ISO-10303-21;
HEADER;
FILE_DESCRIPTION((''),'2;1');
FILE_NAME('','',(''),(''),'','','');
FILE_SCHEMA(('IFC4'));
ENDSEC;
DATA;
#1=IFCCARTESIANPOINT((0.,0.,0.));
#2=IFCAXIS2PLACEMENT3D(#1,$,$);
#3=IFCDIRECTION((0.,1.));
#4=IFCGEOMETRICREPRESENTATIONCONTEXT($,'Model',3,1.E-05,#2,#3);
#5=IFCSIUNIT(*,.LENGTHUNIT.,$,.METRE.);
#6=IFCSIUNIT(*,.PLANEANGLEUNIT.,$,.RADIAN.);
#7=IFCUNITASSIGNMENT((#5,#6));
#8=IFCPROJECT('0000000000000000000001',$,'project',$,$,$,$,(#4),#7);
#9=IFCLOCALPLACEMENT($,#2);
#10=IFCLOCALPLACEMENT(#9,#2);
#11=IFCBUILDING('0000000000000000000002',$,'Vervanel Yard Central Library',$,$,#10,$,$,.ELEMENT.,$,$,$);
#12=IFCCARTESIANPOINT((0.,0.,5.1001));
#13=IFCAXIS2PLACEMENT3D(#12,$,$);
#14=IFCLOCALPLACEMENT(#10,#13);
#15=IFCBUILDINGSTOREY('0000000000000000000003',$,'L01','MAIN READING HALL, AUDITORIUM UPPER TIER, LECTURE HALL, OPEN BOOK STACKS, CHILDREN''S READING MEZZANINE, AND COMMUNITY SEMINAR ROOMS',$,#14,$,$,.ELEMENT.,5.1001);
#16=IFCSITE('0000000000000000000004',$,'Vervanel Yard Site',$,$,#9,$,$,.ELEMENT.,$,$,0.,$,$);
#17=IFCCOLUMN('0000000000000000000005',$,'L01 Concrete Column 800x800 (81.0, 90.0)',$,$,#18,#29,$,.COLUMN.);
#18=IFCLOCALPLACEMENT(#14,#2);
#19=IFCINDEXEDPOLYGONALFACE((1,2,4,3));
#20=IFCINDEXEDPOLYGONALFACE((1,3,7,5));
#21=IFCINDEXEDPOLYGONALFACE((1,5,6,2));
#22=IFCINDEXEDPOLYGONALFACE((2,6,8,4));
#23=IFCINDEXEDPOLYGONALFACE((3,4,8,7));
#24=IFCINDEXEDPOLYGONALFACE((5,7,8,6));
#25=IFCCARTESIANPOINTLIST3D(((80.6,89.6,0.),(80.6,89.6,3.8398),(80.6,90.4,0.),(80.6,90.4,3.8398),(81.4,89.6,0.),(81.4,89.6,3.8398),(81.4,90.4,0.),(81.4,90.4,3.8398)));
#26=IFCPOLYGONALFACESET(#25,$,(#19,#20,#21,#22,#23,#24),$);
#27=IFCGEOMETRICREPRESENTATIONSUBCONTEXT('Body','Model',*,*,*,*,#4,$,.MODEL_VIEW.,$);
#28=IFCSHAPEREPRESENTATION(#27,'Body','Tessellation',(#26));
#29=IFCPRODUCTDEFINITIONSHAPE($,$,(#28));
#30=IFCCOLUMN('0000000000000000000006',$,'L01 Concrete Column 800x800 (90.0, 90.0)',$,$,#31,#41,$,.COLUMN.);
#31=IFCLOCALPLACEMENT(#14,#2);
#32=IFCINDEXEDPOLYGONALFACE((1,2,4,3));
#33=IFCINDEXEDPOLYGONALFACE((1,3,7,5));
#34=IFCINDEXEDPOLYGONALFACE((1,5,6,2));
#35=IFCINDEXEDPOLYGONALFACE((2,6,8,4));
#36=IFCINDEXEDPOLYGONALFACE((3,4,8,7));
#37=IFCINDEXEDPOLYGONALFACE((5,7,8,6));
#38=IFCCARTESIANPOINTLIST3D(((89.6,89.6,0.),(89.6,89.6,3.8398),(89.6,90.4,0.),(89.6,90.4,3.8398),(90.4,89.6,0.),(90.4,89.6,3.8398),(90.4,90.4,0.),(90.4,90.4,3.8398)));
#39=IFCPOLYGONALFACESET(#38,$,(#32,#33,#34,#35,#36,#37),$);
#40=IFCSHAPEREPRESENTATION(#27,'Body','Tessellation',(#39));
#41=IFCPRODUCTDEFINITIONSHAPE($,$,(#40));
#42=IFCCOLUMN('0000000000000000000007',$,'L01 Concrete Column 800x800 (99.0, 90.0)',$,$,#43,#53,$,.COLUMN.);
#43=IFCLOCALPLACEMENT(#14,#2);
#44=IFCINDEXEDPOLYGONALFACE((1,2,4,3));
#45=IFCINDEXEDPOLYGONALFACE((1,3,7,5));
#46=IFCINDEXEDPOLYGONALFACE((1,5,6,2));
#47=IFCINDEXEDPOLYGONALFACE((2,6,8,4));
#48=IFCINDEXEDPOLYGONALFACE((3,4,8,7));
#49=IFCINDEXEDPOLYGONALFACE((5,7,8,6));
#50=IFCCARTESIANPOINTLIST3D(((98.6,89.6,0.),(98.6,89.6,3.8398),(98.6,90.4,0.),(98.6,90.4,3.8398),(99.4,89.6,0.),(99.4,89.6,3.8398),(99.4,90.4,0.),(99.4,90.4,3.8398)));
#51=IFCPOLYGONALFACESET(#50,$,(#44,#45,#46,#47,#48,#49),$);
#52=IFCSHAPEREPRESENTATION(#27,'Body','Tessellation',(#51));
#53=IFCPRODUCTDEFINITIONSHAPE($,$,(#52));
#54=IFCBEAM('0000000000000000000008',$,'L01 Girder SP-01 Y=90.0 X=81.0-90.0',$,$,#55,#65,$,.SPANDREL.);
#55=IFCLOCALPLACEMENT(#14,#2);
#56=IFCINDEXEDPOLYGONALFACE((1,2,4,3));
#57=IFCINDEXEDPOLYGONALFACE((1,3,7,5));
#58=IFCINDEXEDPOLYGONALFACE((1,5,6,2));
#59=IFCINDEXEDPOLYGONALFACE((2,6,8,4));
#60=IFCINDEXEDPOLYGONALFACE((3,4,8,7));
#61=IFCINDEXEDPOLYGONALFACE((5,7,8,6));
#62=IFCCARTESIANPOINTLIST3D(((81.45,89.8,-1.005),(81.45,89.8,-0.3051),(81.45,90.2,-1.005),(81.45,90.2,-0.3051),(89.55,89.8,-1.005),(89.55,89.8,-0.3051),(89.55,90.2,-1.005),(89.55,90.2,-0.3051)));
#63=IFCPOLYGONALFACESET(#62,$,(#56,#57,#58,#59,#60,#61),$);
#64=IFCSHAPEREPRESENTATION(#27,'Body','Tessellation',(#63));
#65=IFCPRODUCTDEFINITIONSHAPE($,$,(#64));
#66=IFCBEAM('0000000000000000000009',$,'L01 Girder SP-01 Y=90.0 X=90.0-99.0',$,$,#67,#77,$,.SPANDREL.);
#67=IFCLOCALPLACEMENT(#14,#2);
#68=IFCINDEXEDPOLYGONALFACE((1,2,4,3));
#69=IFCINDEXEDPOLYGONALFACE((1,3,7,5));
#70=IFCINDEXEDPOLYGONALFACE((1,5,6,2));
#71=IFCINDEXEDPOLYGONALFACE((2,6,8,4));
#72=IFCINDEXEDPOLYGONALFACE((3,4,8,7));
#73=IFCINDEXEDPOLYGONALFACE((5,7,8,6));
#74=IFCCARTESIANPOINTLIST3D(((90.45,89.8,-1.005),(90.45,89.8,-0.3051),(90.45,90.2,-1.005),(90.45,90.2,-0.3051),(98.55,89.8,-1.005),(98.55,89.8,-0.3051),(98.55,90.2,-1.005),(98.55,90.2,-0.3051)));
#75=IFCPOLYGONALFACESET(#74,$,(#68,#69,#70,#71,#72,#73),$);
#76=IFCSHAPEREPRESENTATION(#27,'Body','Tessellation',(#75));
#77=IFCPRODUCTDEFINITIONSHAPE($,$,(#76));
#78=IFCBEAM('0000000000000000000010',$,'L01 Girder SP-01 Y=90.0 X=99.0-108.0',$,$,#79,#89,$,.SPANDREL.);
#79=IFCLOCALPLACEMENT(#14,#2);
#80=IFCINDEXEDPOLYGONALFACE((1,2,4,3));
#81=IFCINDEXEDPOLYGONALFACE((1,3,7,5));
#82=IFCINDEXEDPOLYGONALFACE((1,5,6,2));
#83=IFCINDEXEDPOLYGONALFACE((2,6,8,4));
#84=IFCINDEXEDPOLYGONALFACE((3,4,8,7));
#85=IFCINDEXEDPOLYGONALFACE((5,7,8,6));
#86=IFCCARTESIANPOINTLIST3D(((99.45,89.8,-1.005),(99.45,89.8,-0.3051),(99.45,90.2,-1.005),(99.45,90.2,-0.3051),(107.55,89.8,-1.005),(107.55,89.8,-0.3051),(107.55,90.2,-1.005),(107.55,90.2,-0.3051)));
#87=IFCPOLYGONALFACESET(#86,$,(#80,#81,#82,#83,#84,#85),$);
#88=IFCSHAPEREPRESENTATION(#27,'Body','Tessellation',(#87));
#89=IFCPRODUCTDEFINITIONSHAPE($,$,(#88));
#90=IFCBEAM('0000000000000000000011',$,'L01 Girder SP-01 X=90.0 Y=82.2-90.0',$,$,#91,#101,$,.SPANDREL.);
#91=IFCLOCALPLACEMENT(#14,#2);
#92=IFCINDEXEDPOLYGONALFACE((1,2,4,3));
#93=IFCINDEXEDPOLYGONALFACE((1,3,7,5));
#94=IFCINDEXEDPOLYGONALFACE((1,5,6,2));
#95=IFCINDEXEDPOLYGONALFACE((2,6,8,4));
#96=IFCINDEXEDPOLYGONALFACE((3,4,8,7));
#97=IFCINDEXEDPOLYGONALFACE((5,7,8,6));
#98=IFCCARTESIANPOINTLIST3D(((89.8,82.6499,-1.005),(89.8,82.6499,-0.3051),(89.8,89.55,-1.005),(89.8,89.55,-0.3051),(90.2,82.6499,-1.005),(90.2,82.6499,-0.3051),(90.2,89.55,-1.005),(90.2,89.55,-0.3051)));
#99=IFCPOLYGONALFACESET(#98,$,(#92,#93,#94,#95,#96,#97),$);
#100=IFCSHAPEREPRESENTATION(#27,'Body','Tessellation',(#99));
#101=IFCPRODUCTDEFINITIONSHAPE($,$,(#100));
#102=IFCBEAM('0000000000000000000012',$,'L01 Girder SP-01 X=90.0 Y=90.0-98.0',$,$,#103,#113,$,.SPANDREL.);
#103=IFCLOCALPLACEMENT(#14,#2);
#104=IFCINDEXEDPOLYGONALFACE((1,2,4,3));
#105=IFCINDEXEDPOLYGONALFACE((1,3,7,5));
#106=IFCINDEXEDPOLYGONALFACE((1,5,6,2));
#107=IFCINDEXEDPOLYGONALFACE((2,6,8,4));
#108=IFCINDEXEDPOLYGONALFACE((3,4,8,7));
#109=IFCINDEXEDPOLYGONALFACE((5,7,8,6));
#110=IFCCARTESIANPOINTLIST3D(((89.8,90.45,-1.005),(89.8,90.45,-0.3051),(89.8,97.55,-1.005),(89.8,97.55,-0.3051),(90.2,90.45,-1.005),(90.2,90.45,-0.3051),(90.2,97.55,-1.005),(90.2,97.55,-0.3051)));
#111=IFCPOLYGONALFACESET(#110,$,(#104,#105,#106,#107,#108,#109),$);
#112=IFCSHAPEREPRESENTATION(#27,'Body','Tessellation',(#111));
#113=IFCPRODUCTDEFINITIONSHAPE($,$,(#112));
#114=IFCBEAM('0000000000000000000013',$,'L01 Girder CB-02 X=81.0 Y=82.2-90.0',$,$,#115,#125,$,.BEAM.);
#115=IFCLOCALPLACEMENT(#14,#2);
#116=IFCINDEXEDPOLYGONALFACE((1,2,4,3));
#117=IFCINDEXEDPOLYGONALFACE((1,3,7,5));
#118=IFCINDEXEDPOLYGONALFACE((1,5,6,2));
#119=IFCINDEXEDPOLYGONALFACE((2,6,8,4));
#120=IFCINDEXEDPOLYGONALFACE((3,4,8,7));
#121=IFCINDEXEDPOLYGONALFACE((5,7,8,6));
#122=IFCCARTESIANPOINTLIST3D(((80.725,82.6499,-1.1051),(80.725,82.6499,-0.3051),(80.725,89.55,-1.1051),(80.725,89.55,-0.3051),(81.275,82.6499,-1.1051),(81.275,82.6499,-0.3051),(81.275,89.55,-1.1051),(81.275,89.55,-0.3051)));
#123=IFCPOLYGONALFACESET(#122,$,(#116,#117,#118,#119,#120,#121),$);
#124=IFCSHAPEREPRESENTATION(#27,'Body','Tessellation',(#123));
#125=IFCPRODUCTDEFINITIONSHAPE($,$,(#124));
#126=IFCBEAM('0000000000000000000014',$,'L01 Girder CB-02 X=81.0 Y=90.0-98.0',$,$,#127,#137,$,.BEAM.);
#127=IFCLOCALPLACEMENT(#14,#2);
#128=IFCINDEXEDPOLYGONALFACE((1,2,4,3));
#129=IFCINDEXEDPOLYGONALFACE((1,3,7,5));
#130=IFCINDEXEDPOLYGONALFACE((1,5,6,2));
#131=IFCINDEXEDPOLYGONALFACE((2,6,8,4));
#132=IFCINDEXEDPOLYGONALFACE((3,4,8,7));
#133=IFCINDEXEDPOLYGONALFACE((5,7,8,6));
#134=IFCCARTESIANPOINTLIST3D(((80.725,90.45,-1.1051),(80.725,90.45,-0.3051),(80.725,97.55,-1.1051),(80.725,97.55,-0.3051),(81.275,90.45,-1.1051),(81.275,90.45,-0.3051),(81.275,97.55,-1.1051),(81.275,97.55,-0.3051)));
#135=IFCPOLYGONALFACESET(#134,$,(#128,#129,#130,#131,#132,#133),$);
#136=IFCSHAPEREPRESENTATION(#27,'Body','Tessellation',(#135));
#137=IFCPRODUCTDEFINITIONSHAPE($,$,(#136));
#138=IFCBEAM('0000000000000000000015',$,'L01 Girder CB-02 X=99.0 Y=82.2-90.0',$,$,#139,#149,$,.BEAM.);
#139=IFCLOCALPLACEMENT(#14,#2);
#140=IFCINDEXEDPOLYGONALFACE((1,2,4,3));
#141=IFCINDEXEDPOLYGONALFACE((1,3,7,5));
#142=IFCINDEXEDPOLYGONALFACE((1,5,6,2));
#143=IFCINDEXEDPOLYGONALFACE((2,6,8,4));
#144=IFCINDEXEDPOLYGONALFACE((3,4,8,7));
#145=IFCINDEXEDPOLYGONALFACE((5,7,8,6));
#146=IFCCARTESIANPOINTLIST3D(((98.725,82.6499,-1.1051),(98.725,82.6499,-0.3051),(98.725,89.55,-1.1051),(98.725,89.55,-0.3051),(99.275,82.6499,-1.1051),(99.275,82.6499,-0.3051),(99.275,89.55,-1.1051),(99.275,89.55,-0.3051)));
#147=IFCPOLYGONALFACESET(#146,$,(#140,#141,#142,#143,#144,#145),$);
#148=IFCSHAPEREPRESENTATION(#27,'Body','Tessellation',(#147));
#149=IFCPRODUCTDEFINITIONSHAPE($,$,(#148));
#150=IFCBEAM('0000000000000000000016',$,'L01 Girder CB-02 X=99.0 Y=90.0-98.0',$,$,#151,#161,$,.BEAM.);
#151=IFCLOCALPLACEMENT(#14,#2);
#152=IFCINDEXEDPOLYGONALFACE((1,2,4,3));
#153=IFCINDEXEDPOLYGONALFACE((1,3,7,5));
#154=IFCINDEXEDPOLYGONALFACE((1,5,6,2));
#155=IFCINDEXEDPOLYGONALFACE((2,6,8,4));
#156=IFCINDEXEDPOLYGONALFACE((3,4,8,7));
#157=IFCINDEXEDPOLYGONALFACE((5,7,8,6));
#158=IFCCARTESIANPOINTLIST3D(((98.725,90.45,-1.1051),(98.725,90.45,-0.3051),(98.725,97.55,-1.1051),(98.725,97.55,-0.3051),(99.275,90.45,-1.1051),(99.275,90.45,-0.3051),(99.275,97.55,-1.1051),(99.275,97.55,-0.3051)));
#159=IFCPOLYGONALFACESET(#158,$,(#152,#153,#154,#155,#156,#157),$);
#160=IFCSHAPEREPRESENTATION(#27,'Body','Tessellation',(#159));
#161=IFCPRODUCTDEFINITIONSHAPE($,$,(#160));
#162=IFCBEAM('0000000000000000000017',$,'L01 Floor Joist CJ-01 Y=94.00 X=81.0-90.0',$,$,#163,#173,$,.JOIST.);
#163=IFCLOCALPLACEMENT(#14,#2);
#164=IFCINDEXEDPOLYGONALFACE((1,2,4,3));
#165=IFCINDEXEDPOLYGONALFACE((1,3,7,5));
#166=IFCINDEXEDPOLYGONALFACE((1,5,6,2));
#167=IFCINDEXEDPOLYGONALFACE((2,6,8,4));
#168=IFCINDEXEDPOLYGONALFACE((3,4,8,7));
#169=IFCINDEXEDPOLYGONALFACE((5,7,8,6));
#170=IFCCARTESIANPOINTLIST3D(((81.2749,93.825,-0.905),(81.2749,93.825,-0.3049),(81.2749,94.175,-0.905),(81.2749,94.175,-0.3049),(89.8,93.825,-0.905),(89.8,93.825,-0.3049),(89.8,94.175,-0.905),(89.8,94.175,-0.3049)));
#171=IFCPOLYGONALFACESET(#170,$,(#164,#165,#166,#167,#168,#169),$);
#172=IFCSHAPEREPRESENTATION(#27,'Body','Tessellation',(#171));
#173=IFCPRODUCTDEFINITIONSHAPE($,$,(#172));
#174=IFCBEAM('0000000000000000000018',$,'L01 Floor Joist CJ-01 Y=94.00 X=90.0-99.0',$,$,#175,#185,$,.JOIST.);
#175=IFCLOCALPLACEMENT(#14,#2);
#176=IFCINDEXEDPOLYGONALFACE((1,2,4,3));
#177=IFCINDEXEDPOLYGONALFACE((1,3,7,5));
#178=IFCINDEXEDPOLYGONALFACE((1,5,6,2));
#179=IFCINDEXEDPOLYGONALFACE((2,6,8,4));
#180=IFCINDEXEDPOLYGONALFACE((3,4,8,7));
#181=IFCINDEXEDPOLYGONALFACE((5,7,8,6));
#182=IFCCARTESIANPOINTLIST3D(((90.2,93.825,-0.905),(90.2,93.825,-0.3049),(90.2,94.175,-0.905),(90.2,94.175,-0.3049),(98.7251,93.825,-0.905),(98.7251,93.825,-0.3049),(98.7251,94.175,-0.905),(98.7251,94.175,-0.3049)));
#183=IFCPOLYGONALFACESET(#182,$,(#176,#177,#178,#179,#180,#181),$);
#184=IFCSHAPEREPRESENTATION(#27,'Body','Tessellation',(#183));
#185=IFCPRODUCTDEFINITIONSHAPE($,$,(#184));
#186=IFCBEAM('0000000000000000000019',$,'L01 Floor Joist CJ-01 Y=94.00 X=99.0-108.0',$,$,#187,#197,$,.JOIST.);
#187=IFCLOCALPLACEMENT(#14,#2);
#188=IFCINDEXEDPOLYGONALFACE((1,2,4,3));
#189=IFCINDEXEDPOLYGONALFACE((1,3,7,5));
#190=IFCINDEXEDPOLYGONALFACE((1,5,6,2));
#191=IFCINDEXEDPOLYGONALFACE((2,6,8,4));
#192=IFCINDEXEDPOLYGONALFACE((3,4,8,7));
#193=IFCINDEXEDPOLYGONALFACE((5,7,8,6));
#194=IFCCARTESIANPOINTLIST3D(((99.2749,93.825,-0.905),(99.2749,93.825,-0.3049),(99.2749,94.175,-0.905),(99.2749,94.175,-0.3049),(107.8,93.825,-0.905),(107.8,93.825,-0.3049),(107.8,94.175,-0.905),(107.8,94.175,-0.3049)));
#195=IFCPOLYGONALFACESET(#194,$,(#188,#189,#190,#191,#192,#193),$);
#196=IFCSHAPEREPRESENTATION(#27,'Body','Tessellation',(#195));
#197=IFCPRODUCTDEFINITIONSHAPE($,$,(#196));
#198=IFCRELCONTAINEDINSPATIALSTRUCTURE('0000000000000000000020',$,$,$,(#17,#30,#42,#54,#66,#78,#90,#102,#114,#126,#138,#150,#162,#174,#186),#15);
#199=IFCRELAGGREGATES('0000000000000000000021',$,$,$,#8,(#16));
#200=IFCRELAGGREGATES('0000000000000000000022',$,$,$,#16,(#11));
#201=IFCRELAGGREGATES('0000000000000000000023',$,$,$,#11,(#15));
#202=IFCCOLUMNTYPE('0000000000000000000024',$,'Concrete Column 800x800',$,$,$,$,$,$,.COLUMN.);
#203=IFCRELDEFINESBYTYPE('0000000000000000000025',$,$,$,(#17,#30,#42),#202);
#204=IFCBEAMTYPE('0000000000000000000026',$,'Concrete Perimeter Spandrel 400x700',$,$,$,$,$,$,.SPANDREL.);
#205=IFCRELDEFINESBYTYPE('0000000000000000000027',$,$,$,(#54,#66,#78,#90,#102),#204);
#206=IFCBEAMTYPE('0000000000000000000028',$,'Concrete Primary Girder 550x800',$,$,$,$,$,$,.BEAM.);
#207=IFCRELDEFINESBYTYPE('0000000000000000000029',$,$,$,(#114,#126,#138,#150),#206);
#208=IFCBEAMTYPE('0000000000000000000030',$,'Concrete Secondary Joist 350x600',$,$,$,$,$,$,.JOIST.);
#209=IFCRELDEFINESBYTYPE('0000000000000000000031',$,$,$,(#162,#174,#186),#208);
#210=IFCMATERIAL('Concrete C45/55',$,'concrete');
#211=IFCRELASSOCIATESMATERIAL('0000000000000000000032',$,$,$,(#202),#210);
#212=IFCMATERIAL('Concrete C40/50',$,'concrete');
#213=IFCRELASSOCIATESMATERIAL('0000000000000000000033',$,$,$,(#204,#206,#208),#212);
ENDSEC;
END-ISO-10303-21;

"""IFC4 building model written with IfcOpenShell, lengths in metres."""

from ifc_helpers import new_model, si_unit, direction, frame, origin, origin_2d, place, context, subcontext, project, spatial, rectangle, extrude, material, material_profile, profile_set, type_object, element, save


model = new_model("IFC4")

# Units and contexts
model_context = context("Model", 3, precision=1e-05, world=origin(), true_north=direction((0.0, 1.0)))
body_context = subcontext(model_context, "Body", "Model", "MODEL_VIEW")
ifc_project = project(units=[si_unit("LENGTHUNIT", "METRE"), si_unit("PLANEANGLEUNIT", "RADIAN")], contexts=[model_context])

# Site, building, storey
site_placement = place(None, origin())
site = spatial("IfcSite", under=ifc_project, at=site_placement, Name="Vervanel Yard Site", CompositionType="ELEMENT", RefElevation=0.0)
building_placement = place(site_placement, origin())
building = spatial("IfcBuilding", under=site, at=building_placement, Name="Vervanel Yard Central Library", CompositionType="ELEMENT")
storey_placement = place(building_placement, frame((0.0, 0.0, 5.1001)))
storey = spatial("IfcBuildingStorey", under=building, at=storey_placement, Name="L01", Description="MAIN READING HALL, AUDITORIUM UPPER TIER, LECTURE HALL, OPEN BOOK STACKS, CHILDREN'S READING MEZZANINE, AND COMMUNITY SEMINAR ROOMS", CompositionType="ELEMENT", Elevation=5.1001)

# Columns
ifc_material_1 = material(Name="Concrete C45/55", Category="concrete")
ifc_material_profile_1 = material_profile(ifc_material_1, rectangle(XDim=0.8, YDim=0.8, at=origin_2d()), Name="RC 800x800", Category="concrete")
ifc_profile_set_1 = profile_set([ifc_material_profile_1], Name="Concrete C45/55")
column_type = type_object("IfcColumnType", Name="Concrete Column 800x800", PredefinedType="COLUMN", material=ifc_profile_set_1)
for number, where, z_axis, x_axis, name in (
    (1, (81.0, 90.0, 0.0), (0.0, 0.0, 1.0), (1.0, 0.0, 0.0), "L01 Concrete Column 800x800 (81.0, 90.0)"),
    (2, (90.0, 90.0, 0.0), (0.0, 0.0, 1.0), (1.0, 0.0, 0.0), "L01 Concrete Column 800x800 (90.0, 90.0)"),
    (3, (99.0, 90.0, 0.0), (0.0, 0.0, 1.0), (1.0, 0.0, 0.0), "L01 Concrete Column 800x800 (99.0, 90.0)"),
):
    element("IfcColumn", number, at=place(storey_placement, frame(where, z_axis=z_axis, x_axis=x_axis)), inside=storey, type_object=column_type, Name=name, PredefinedType="COLUMN", context=body_context, shape_type="SweptSolid", body=[
        extrude(rectangle(XDim=0.8, YDim=0.8, at=origin_2d()), origin(), (0.0, 0.0, 1.0), 3.8398),
    ])

# Beams
ifc_material_2 = material(Name="Concrete C40/50", Category="concrete")
ifc_material_profile_2 = material_profile(ifc_material_2, rectangle(XDim=0.3999, YDim=0.7, at=origin_2d()), Name="RC 400x700", Category="concrete")
ifc_profile_set_2 = profile_set([ifc_material_profile_2], Name="Concrete C40/50")
beam_type_1 = type_object("IfcBeamType", Name="Concrete Perimeter Spandrel 400x700", PredefinedType="SPANDREL", material=ifc_profile_set_2)
for number, where, z_axis, x_axis, name in (
    (4, (81.45, 90.0, -0.655), (1.0, 0.0, 0.0), (0.0, 1.0, 0.0), "L01 Girder SP-01 Y=90.0 X=81.0-90.0"),
    (5, (90.45, 90.0, -0.655), (1.0, 0.0, 0.0), (0.0, 1.0, 0.0), "L01 Girder SP-01 Y=90.0 X=90.0-99.0"),
    (6, (99.45, 90.0, -0.655), (1.0, 0.0, 0.0), (0.0, 1.0, 0.0), "L01 Girder SP-01 Y=90.0 X=99.0-108.0"),
):
    element("IfcBeam", number, at=place(storey_placement, frame(where, z_axis=z_axis, x_axis=x_axis)), inside=storey, type_object=beam_type_1, Name=name, PredefinedType="SPANDREL", context=body_context, shape_type="SweptSolid", body=[
        extrude(rectangle(XDim=0.3999, YDim=0.7, at=origin_2d()), origin(), (0.0, 0.0, 1.0), 8.1001),
    ])
beam_1_placement = place(storey_placement, frame((90.0, 82.6499, -0.655), z_axis=(0.0, 1.0, 0.0), x_axis=(-1.0, 0.0, 0.0)))
element("IfcBeam", 7, at=beam_1_placement, inside=storey, type_object=beam_type_1, Name="L01 Girder SP-01 X=90.0 Y=82.2-90.0", PredefinedType="SPANDREL", context=body_context, shape_type="SweptSolid", body=[
    extrude(rectangle(XDim=0.3999, YDim=0.7, at=origin_2d()), origin(), (0.0, 0.0, 1.0), 6.9001),
])
beam_2_placement = place(storey_placement, frame((90.0, 90.45, -0.655), z_axis=(0.0, 1.0, 0.0), x_axis=(-1.0, 0.0, 0.0)))
element("IfcBeam", 8, at=beam_2_placement, inside=storey, type_object=beam_type_1, Name="L01 Girder SP-01 X=90.0 Y=90.0-98.0", PredefinedType="SPANDREL", context=body_context, shape_type="SweptSolid", body=[
    extrude(rectangle(XDim=0.3999, YDim=0.7, at=origin_2d()), origin(), (0.0, 0.0, 1.0), 7.1001),
])
ifc_material_profile_3 = material_profile(ifc_material_2, rectangle(XDim=0.55, YDim=0.8, at=origin_2d()), Name="RC 550x800", Category="concrete")
ifc_profile_set_3 = profile_set([ifc_material_profile_3], Name="Concrete C40/50")
beam_type_2 = type_object("IfcBeamType", Name="Concrete Primary Girder 550x800", PredefinedType="BEAM", material=ifc_profile_set_3)
beam_3_placement = place(storey_placement, frame((81.0, 82.6499, -0.7051), z_axis=(0.0, 1.0, 0.0), x_axis=(-1.0, 0.0, 0.0)))
element("IfcBeam", 9, at=beam_3_placement, inside=storey, type_object=beam_type_2, Name="L01 Girder CB-02 X=81.0 Y=82.2-90.0", PredefinedType="BEAM", context=body_context, shape_type="SweptSolid", body=[
    extrude(rectangle(XDim=0.55, YDim=0.8, at=origin_2d()), origin(), (0.0, 0.0, 1.0), 6.9001),
])
beam_4_placement = place(storey_placement, frame((81.0, 90.45, -0.7051), z_axis=(0.0, 1.0, 0.0), x_axis=(-1.0, 0.0, 0.0)))
element("IfcBeam", 10, at=beam_4_placement, inside=storey, type_object=beam_type_2, Name="L01 Girder CB-02 X=81.0 Y=90.0-98.0", PredefinedType="BEAM", context=body_context, shape_type="SweptSolid", body=[
    extrude(rectangle(XDim=0.55, YDim=0.8, at=origin_2d()), origin(), (0.0, 0.0, 1.0), 7.1001),
])
beam_5_placement = place(storey_placement, frame((99.0, 82.6499, -0.7051), z_axis=(0.0, 1.0, 0.0), x_axis=(-1.0, 0.0, 0.0)))
element("IfcBeam", 11, at=beam_5_placement, inside=storey, type_object=beam_type_2, Name="L01 Girder CB-02 X=99.0 Y=82.2-90.0", PredefinedType="BEAM", context=body_context, shape_type="SweptSolid", body=[
    extrude(rectangle(XDim=0.55, YDim=0.8, at=origin_2d()), origin(), (0.0, 0.0, 1.0), 6.9001),
])
beam_6_placement = place(storey_placement, frame((99.0, 90.45, -0.7051), z_axis=(0.0, 1.0, 0.0), x_axis=(-1.0, 0.0, 0.0)))
element("IfcBeam", 12, at=beam_6_placement, inside=storey, type_object=beam_type_2, Name="L01 Girder CB-02 X=99.0 Y=90.0-98.0", PredefinedType="BEAM", context=body_context, shape_type="SweptSolid", body=[
    extrude(rectangle(XDim=0.55, YDim=0.8, at=origin_2d()), origin(), (0.0, 0.0, 1.0), 7.1001),
])
ifc_material_profile_4 = material_profile(ifc_material_2, rectangle(XDim=0.3501, YDim=0.6001, at=origin_2d()), Name="RC 350x600", Category="concrete")
ifc_profile_set_4 = profile_set([ifc_material_profile_4], Name="Concrete C40/50")
beam_type_3 = type_object("IfcBeamType", Name="Concrete Secondary Joist 350x600", PredefinedType="JOIST", material=ifc_profile_set_4)
for number, where, z_axis, x_axis, name in (
    (13, (81.2749, 94.0, -0.605), (1.0, 0.0, 0.0), (0.0, 1.0, 0.0), "L01 Floor Joist CJ-01 Y=94.00 X=81.0-90.0"),
    (14, (90.2, 94.0, -0.605), (1.0, 0.0, 0.0), (0.0, 1.0, 0.0), "L01 Floor Joist CJ-01 Y=94.00 X=90.0-99.0"),
    (15, (99.2749, 94.0, -0.605), (1.0, 0.0, 0.0), (0.0, 1.0, 0.0), "L01 Floor Joist CJ-01 Y=94.00 X=99.0-108.0"),
):
    element("IfcBeam", number, at=place(storey_placement, frame(where, z_axis=z_axis, x_axis=x_axis)), inside=storey, type_object=beam_type_3, Name=name, PredefinedType="JOIST", context=body_context, shape_type="SweptSolid", body=[
        extrude(rectangle(XDim=0.3501, YDim=0.6001, at=origin_2d()), origin(), (0.0, 0.0, 1.0), 8.5251),
    ])

save(model, "model.ifc")
